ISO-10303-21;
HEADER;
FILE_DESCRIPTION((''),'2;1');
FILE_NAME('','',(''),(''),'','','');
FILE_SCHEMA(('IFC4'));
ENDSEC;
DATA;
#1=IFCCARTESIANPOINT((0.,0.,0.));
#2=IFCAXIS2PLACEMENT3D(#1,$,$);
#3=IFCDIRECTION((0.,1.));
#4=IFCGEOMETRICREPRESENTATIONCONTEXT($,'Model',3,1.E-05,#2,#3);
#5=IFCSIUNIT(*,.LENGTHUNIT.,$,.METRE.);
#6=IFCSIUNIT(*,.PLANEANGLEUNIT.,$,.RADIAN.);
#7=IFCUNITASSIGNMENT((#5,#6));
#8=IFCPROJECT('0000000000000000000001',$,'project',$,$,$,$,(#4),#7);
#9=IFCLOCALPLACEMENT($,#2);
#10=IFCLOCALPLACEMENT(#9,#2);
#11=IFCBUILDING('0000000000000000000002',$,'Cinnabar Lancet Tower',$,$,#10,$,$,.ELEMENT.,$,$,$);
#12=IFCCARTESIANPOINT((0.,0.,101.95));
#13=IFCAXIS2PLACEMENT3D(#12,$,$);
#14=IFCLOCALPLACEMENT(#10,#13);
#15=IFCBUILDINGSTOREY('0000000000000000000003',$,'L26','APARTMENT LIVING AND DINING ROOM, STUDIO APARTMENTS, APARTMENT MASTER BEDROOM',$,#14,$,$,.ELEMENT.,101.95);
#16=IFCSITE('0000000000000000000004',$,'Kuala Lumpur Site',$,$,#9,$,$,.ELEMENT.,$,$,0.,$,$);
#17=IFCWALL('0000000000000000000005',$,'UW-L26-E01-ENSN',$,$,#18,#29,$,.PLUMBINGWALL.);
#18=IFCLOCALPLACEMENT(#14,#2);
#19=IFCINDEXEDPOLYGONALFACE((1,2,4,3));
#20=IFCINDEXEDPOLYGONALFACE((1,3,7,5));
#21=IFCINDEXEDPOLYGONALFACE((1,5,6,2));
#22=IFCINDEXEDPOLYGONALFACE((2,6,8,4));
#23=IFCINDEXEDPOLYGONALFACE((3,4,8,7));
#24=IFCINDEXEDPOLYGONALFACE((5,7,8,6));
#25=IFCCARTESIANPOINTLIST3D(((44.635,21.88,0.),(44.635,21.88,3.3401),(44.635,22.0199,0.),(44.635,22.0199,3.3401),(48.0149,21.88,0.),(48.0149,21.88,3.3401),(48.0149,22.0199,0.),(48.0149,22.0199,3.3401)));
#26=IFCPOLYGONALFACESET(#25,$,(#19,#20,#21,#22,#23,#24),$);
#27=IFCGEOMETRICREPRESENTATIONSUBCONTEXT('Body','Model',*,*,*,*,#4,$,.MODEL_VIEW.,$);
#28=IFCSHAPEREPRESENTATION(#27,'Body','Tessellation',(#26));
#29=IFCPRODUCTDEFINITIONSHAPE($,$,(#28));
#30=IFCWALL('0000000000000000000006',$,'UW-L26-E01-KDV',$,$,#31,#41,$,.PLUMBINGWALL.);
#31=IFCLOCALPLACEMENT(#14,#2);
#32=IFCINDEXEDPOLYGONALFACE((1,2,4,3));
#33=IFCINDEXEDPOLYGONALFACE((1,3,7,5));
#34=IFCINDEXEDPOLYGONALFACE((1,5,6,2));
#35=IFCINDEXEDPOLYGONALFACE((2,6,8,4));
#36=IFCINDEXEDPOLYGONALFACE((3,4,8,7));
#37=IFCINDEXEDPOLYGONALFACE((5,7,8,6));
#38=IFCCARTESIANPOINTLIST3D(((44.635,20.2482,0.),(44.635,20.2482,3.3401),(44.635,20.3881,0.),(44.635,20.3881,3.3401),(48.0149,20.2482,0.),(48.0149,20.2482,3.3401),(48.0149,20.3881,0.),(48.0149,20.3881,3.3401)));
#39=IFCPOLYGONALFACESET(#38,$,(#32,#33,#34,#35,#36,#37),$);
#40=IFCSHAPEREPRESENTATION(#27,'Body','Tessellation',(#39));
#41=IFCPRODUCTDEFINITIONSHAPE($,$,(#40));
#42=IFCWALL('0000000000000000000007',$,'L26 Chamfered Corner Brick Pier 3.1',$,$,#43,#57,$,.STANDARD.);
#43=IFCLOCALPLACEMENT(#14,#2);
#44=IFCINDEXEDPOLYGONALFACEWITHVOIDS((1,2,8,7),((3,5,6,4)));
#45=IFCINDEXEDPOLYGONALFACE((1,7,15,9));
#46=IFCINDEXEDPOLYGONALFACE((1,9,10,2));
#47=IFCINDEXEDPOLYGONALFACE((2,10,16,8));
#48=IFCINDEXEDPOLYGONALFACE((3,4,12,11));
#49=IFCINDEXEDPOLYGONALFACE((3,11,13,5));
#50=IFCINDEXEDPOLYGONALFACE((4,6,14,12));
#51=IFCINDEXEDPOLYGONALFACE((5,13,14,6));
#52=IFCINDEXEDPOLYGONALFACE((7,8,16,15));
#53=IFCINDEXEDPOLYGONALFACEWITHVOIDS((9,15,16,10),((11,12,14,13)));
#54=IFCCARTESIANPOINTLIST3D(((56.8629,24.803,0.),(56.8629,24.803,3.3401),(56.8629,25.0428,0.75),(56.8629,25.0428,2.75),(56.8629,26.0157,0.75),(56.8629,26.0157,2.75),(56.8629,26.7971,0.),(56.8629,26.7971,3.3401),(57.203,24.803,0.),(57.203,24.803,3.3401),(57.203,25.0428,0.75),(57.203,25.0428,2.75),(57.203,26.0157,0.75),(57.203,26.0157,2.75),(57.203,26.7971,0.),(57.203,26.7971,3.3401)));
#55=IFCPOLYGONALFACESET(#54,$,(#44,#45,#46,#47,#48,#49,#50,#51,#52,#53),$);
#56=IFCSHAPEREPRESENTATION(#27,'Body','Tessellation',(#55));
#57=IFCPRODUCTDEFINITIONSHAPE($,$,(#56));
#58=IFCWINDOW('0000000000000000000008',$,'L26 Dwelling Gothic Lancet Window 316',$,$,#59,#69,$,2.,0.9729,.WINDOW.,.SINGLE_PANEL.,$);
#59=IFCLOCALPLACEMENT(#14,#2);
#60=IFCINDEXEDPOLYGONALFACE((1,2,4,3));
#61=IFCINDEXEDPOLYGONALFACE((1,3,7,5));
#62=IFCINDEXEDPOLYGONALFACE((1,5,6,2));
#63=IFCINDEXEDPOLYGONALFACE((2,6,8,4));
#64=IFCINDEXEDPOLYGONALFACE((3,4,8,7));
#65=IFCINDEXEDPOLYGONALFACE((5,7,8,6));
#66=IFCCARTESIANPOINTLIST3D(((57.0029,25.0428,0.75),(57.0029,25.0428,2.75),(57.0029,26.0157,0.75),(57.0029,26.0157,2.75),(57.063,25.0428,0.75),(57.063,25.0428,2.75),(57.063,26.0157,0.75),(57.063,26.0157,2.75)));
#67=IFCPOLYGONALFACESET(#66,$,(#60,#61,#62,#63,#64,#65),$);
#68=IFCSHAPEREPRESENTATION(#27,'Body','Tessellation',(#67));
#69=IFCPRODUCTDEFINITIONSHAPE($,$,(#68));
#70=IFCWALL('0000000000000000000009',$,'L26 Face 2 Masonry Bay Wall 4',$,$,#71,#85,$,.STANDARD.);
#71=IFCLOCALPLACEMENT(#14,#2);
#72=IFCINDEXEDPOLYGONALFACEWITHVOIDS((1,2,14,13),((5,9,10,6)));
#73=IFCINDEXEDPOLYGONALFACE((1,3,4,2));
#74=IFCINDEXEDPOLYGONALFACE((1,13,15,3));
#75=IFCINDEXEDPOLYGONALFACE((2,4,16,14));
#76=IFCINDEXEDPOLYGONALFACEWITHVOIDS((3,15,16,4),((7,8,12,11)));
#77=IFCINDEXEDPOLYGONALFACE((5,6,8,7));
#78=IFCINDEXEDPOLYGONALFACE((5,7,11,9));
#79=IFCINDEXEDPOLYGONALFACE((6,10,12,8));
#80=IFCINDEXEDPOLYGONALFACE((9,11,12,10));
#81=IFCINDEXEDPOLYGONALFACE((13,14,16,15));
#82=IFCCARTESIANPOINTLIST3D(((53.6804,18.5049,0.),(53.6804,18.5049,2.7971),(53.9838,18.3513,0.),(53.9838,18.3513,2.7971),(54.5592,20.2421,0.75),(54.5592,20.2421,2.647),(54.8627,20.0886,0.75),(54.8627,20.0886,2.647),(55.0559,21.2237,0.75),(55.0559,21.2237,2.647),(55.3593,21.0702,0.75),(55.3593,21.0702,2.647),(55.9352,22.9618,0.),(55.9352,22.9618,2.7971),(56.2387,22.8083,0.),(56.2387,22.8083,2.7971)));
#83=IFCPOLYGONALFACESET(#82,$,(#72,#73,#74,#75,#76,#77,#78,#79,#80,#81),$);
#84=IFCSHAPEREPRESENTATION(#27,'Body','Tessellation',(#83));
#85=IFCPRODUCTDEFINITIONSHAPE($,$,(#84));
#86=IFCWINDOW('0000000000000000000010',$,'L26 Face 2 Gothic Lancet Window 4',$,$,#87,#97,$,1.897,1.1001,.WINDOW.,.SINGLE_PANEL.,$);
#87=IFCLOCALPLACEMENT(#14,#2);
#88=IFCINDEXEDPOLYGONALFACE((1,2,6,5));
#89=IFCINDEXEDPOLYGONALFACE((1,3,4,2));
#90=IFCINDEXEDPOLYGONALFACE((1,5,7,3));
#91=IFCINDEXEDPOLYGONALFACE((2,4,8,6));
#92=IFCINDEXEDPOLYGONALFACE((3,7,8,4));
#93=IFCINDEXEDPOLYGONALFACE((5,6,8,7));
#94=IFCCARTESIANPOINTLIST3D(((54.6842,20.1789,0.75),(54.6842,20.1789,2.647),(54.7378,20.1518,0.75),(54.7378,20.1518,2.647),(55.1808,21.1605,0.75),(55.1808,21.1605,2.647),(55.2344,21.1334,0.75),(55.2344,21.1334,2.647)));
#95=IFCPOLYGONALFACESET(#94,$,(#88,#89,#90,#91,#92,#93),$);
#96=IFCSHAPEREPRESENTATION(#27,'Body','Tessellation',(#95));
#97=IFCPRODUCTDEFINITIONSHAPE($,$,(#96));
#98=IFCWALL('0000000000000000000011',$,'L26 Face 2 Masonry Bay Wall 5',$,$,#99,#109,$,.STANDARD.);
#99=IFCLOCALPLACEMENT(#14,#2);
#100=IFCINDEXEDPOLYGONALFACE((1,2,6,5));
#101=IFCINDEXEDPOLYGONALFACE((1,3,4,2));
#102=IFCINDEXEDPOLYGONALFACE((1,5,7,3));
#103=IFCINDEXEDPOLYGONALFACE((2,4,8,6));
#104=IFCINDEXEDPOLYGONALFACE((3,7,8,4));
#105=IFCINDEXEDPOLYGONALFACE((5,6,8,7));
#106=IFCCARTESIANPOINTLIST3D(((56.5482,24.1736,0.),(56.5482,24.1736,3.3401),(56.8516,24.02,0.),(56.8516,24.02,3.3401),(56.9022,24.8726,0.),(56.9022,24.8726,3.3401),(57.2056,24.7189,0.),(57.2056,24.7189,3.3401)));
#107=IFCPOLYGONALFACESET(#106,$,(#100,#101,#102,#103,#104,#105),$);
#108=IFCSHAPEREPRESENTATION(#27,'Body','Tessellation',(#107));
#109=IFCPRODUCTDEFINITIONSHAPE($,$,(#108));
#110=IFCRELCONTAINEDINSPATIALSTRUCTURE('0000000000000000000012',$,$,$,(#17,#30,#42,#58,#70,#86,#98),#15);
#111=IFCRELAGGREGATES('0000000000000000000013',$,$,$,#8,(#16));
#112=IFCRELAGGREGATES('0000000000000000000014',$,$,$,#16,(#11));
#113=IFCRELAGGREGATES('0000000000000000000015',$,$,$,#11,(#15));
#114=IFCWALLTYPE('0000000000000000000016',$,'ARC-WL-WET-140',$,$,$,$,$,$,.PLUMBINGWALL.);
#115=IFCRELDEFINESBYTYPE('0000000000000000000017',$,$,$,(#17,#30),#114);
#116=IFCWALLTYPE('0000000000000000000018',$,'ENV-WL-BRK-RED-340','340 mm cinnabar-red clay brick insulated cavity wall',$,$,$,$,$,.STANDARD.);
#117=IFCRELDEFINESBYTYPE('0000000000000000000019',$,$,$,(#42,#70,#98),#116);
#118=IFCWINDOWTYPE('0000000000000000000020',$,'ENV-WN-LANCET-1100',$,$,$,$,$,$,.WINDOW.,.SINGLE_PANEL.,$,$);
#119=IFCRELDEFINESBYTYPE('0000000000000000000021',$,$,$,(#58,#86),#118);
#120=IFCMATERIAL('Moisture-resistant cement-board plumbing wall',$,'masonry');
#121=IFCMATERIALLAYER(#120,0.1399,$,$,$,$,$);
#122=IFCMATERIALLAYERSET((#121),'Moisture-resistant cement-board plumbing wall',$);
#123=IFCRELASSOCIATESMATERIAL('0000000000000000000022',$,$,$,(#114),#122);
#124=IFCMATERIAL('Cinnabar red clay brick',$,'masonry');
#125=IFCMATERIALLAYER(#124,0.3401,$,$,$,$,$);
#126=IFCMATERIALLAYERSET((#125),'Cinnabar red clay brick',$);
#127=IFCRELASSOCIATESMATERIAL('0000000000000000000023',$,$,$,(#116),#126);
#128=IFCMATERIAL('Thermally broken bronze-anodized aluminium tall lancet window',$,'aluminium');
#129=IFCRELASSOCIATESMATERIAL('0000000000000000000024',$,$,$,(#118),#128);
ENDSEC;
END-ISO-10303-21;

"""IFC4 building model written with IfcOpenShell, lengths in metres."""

from ifc_helpers import new_model, si_unit, direction, frame, frame_2d, origin, place, context, subcontext, project, spatial, rectangle, extrude, material, layer, layer_set, type_object, element, fill, save


model = new_model("IFC4")

# Units and contexts
model_context = context("Model", 3, precision=1e-05, world=origin(), true_north=direction((0.0, 1.0)))
body_context = subcontext(model_context, "Body", "Model", "MODEL_VIEW")
ifc_project = project(units=[si_unit("LENGTHUNIT", "METRE"), si_unit("PLANEANGLEUNIT", "RADIAN")], contexts=[model_context])

# Site, building, storey
site_placement = place(None, origin())
site = spatial("IfcSite", under=ifc_project, at=site_placement, Name="Kuala Lumpur Site", CompositionType="ELEMENT", RefElevation=0.0)
building_placement = place(site_placement, origin())
building = spatial("IfcBuilding", under=site, at=building_placement, Name="Cinnabar Lancet Tower", CompositionType="ELEMENT")
storey_placement = place(building_placement, frame((0.0, 0.0, 101.95)))
storey = spatial("IfcBuildingStorey", under=building, at=storey_placement, Name="L26", Description="APARTMENT LIVING AND DINING ROOM, STUDIO APARTMENTS, APARTMENT MASTER BEDROOM", CompositionType="ELEMENT", Elevation=101.95)

# Shared definitions
ifc_material_1 = material(Name="Moisture-resistant cement-board plumbing wall", Category="masonry")
ifc_layer_1 = layer(ifc_material_1, 0.1399)
ifc_layer_set_1 = layer_set([ifc_layer_1], Name="Moisture-resistant cement-board plumbing wall")
wall_type_1 = type_object("IfcWallType", Name="ARC-WL-WET-140", PredefinedType="PLUMBINGWALL", material=ifc_layer_set_1)

# Walls
for number, where, z_axis, x_axis, name in (
    (1, (44.635, 21.95, 0.0), (0.0, 0.0, 1.0), (1.0, 0.0, 0.0), "UW-L26-E01-ENSN"),
    (2, (44.635, 20.3181, 0.0), (0.0, 0.0, 1.0), (1.0, 0.0, 0.0), "UW-L26-E01-KDV"),
):
    element("IfcWall", number, at=place(storey_placement, frame(where, z_axis=z_axis, x_axis=x_axis)), inside=storey, type_object=wall_type_1, Name=name, PredefinedType="PLUMBINGWALL", context=body_context, shape_type="SweptSolid", body=[
        extrude(rectangle(XDim=3.3799, YDim=0.1399, at=frame_2d((1.6899, 0.0))), origin(), (0.0, 0.0, 1.0), 3.3401),
    ])

# Walls, openings, windows
ifc_material_2 = material(Name="Cinnabar red clay brick", Category="masonry")
ifc_layer_2 = layer(ifc_material_2, 0.3401)
ifc_layer_set_2 = layer_set([ifc_layer_2], Name="Cinnabar red clay brick")
wall_type_2 = type_object("IfcWallType", Name="ENV-WL-BRK-RED-340", Description="340 mm cinnabar-red clay brick insulated cavity wall", PredefinedType="STANDARD", material=ifc_layer_set_2)
wall_1_placement = place(storey_placement, frame((57.033, 24.803, 0.0), z_axis=(0.0, 0.0, 1.0), x_axis=(0.0, 1.0, 0.0)))
wall_1 = element("IfcWall", 3, at=wall_1_placement, inside=storey, type_object=wall_type_2, Name="L26 Chamfered Corner Brick Pier 3.1", PredefinedType="STANDARD", context=body_context, shape_type="SweptSolid", body=[
    extrude(rectangle(XDim=1.9941, YDim=0.3401, at=frame_2d((0.9971, 0.0))), origin(), (0.0, 0.0, 1.0), 3.3401),
])
opening_1_placement = place(wall_1_placement, frame((0.24, 0.0, 0.75)))
opening_1 = element("IfcOpeningElement", 4, at=opening_1_placement, cuts=wall_1, PredefinedType="OPENING", context=body_context, shape_type="SweptSolid", body=[
    extrude(rectangle(XDim=0.9729, YDim=2.0, at=frame_2d((0.4863, 1.0))), frame((0.0, 0.1799, 0.0), z_axis=(0.0, -1.0, 0.0), x_axis=(1.0, 0.0, 0.0)), (0.0, 0.0, 1.0), 0.3601),
])
ifc_material_3 = material(Name="Thermally broken bronze-anodized aluminium tall lancet window", Category="aluminium")
window_type = type_object("IfcWindowType", Name="ENV-WN-LANCET-1100", PartitioningType="SINGLE_PANEL", PredefinedType="WINDOW", material=ifc_material_3)
window_1_placement = place(opening_1_placement, origin())
window_1 = element("IfcWindow", 5, at=window_1_placement, inside=storey, type_object=window_type, Name="L26 Dwelling Gothic Lancet Window 316", OverallHeight=2.0, OverallWidth=0.9729, PartitioningType="SINGLE_PANEL", PredefinedType="WINDOW", context=body_context, shape_type="SweptSolid", body=[
    extrude(rectangle(XDim=0.9729, YDim=2.0, at=frame_2d((0.4863, 1.0))), frame((0.0, 0.03, 0.0), z_axis=(0.0, -1.0, 0.0), x_axis=(1.0, 0.0, 0.0)), (0.0, 0.0, 1.0), 0.0601),
])
fill(opening_1, window_1)
wall_2_placement = place(storey_placement, frame((53.832, 18.428, 0.0), z_axis=(0.0, 0.0, 1.0), x_axis=(0.451432, 0.892306, 0.0)))
wall_2 = element("IfcWall", 6, at=wall_2_placement, inside=storey, type_object=wall_type_2, Name="L26 Face 2 Masonry Bay Wall 4", PredefinedType="STANDARD", context=body_context, shape_type="SweptSolid", body=[
    extrude(rectangle(XDim=4.9949, YDim=0.3401, at=frame_2d((2.4976, 0.0))), origin(), (0.0, 0.0, 1.0), 2.7971),
])
opening_2_placement = place(wall_2_placement, frame((1.947, 0.0, 0.75)))
opening_2 = element("IfcOpeningElement", 7, at=opening_2_placement, cuts=wall_2, PredefinedType="OPENING", context=body_context, shape_type="SweptSolid", body=[
    extrude(rectangle(XDim=1.1001, YDim=1.897, at=frame_2d((0.55, 0.9485))), frame((0.0, 0.1799, 0.0), z_axis=(0.0, -1.0, 0.0), x_axis=(1.0, 0.0, 0.0)), (0.0, 0.0, 1.0), 0.3601),
])
window_2_placement = place(opening_2_placement, origin())
window_2 = element("IfcWindow", 8, at=window_2_placement, inside=storey, type_object=window_type, Name="L26 Face 2 Gothic Lancet Window 4", OverallHeight=1.897, OverallWidth=1.1001, PartitioningType="SINGLE_PANEL", PredefinedType="WINDOW", context=body_context, shape_type="SweptSolid", body=[
    extrude(rectangle(XDim=1.1001, YDim=1.897, at=frame_2d((0.55, 0.9485))), frame((0.0, 0.03, 0.0), z_axis=(0.0, -1.0, 0.0), x_axis=(1.0, 0.0, 0.0)), (0.0, 0.0, 1.0), 0.0601),
])
fill(opening_2, window_2)

# Wall
wall_3_placement = place(storey_placement, frame((56.7, 24.0969, 0.0), z_axis=(0.0, 0.0, 1.0), x_axis=(0.451819, 0.892109, 0.0)))
element("IfcWall", 9, at=wall_3_placement, inside=storey, type_object=wall_type_2, Name="L26 Face 2 Masonry Bay Wall 5", PredefinedType="STANDARD", context=body_context, shape_type="SweptSolid", body=[
    extrude(rectangle(XDim=0.7834, YDim=0.3401, at=frame_2d((0.3916, 0.0))), origin(), (0.0, 0.0, 1.0), 3.3401),
])

save(model, "model.ifc")
